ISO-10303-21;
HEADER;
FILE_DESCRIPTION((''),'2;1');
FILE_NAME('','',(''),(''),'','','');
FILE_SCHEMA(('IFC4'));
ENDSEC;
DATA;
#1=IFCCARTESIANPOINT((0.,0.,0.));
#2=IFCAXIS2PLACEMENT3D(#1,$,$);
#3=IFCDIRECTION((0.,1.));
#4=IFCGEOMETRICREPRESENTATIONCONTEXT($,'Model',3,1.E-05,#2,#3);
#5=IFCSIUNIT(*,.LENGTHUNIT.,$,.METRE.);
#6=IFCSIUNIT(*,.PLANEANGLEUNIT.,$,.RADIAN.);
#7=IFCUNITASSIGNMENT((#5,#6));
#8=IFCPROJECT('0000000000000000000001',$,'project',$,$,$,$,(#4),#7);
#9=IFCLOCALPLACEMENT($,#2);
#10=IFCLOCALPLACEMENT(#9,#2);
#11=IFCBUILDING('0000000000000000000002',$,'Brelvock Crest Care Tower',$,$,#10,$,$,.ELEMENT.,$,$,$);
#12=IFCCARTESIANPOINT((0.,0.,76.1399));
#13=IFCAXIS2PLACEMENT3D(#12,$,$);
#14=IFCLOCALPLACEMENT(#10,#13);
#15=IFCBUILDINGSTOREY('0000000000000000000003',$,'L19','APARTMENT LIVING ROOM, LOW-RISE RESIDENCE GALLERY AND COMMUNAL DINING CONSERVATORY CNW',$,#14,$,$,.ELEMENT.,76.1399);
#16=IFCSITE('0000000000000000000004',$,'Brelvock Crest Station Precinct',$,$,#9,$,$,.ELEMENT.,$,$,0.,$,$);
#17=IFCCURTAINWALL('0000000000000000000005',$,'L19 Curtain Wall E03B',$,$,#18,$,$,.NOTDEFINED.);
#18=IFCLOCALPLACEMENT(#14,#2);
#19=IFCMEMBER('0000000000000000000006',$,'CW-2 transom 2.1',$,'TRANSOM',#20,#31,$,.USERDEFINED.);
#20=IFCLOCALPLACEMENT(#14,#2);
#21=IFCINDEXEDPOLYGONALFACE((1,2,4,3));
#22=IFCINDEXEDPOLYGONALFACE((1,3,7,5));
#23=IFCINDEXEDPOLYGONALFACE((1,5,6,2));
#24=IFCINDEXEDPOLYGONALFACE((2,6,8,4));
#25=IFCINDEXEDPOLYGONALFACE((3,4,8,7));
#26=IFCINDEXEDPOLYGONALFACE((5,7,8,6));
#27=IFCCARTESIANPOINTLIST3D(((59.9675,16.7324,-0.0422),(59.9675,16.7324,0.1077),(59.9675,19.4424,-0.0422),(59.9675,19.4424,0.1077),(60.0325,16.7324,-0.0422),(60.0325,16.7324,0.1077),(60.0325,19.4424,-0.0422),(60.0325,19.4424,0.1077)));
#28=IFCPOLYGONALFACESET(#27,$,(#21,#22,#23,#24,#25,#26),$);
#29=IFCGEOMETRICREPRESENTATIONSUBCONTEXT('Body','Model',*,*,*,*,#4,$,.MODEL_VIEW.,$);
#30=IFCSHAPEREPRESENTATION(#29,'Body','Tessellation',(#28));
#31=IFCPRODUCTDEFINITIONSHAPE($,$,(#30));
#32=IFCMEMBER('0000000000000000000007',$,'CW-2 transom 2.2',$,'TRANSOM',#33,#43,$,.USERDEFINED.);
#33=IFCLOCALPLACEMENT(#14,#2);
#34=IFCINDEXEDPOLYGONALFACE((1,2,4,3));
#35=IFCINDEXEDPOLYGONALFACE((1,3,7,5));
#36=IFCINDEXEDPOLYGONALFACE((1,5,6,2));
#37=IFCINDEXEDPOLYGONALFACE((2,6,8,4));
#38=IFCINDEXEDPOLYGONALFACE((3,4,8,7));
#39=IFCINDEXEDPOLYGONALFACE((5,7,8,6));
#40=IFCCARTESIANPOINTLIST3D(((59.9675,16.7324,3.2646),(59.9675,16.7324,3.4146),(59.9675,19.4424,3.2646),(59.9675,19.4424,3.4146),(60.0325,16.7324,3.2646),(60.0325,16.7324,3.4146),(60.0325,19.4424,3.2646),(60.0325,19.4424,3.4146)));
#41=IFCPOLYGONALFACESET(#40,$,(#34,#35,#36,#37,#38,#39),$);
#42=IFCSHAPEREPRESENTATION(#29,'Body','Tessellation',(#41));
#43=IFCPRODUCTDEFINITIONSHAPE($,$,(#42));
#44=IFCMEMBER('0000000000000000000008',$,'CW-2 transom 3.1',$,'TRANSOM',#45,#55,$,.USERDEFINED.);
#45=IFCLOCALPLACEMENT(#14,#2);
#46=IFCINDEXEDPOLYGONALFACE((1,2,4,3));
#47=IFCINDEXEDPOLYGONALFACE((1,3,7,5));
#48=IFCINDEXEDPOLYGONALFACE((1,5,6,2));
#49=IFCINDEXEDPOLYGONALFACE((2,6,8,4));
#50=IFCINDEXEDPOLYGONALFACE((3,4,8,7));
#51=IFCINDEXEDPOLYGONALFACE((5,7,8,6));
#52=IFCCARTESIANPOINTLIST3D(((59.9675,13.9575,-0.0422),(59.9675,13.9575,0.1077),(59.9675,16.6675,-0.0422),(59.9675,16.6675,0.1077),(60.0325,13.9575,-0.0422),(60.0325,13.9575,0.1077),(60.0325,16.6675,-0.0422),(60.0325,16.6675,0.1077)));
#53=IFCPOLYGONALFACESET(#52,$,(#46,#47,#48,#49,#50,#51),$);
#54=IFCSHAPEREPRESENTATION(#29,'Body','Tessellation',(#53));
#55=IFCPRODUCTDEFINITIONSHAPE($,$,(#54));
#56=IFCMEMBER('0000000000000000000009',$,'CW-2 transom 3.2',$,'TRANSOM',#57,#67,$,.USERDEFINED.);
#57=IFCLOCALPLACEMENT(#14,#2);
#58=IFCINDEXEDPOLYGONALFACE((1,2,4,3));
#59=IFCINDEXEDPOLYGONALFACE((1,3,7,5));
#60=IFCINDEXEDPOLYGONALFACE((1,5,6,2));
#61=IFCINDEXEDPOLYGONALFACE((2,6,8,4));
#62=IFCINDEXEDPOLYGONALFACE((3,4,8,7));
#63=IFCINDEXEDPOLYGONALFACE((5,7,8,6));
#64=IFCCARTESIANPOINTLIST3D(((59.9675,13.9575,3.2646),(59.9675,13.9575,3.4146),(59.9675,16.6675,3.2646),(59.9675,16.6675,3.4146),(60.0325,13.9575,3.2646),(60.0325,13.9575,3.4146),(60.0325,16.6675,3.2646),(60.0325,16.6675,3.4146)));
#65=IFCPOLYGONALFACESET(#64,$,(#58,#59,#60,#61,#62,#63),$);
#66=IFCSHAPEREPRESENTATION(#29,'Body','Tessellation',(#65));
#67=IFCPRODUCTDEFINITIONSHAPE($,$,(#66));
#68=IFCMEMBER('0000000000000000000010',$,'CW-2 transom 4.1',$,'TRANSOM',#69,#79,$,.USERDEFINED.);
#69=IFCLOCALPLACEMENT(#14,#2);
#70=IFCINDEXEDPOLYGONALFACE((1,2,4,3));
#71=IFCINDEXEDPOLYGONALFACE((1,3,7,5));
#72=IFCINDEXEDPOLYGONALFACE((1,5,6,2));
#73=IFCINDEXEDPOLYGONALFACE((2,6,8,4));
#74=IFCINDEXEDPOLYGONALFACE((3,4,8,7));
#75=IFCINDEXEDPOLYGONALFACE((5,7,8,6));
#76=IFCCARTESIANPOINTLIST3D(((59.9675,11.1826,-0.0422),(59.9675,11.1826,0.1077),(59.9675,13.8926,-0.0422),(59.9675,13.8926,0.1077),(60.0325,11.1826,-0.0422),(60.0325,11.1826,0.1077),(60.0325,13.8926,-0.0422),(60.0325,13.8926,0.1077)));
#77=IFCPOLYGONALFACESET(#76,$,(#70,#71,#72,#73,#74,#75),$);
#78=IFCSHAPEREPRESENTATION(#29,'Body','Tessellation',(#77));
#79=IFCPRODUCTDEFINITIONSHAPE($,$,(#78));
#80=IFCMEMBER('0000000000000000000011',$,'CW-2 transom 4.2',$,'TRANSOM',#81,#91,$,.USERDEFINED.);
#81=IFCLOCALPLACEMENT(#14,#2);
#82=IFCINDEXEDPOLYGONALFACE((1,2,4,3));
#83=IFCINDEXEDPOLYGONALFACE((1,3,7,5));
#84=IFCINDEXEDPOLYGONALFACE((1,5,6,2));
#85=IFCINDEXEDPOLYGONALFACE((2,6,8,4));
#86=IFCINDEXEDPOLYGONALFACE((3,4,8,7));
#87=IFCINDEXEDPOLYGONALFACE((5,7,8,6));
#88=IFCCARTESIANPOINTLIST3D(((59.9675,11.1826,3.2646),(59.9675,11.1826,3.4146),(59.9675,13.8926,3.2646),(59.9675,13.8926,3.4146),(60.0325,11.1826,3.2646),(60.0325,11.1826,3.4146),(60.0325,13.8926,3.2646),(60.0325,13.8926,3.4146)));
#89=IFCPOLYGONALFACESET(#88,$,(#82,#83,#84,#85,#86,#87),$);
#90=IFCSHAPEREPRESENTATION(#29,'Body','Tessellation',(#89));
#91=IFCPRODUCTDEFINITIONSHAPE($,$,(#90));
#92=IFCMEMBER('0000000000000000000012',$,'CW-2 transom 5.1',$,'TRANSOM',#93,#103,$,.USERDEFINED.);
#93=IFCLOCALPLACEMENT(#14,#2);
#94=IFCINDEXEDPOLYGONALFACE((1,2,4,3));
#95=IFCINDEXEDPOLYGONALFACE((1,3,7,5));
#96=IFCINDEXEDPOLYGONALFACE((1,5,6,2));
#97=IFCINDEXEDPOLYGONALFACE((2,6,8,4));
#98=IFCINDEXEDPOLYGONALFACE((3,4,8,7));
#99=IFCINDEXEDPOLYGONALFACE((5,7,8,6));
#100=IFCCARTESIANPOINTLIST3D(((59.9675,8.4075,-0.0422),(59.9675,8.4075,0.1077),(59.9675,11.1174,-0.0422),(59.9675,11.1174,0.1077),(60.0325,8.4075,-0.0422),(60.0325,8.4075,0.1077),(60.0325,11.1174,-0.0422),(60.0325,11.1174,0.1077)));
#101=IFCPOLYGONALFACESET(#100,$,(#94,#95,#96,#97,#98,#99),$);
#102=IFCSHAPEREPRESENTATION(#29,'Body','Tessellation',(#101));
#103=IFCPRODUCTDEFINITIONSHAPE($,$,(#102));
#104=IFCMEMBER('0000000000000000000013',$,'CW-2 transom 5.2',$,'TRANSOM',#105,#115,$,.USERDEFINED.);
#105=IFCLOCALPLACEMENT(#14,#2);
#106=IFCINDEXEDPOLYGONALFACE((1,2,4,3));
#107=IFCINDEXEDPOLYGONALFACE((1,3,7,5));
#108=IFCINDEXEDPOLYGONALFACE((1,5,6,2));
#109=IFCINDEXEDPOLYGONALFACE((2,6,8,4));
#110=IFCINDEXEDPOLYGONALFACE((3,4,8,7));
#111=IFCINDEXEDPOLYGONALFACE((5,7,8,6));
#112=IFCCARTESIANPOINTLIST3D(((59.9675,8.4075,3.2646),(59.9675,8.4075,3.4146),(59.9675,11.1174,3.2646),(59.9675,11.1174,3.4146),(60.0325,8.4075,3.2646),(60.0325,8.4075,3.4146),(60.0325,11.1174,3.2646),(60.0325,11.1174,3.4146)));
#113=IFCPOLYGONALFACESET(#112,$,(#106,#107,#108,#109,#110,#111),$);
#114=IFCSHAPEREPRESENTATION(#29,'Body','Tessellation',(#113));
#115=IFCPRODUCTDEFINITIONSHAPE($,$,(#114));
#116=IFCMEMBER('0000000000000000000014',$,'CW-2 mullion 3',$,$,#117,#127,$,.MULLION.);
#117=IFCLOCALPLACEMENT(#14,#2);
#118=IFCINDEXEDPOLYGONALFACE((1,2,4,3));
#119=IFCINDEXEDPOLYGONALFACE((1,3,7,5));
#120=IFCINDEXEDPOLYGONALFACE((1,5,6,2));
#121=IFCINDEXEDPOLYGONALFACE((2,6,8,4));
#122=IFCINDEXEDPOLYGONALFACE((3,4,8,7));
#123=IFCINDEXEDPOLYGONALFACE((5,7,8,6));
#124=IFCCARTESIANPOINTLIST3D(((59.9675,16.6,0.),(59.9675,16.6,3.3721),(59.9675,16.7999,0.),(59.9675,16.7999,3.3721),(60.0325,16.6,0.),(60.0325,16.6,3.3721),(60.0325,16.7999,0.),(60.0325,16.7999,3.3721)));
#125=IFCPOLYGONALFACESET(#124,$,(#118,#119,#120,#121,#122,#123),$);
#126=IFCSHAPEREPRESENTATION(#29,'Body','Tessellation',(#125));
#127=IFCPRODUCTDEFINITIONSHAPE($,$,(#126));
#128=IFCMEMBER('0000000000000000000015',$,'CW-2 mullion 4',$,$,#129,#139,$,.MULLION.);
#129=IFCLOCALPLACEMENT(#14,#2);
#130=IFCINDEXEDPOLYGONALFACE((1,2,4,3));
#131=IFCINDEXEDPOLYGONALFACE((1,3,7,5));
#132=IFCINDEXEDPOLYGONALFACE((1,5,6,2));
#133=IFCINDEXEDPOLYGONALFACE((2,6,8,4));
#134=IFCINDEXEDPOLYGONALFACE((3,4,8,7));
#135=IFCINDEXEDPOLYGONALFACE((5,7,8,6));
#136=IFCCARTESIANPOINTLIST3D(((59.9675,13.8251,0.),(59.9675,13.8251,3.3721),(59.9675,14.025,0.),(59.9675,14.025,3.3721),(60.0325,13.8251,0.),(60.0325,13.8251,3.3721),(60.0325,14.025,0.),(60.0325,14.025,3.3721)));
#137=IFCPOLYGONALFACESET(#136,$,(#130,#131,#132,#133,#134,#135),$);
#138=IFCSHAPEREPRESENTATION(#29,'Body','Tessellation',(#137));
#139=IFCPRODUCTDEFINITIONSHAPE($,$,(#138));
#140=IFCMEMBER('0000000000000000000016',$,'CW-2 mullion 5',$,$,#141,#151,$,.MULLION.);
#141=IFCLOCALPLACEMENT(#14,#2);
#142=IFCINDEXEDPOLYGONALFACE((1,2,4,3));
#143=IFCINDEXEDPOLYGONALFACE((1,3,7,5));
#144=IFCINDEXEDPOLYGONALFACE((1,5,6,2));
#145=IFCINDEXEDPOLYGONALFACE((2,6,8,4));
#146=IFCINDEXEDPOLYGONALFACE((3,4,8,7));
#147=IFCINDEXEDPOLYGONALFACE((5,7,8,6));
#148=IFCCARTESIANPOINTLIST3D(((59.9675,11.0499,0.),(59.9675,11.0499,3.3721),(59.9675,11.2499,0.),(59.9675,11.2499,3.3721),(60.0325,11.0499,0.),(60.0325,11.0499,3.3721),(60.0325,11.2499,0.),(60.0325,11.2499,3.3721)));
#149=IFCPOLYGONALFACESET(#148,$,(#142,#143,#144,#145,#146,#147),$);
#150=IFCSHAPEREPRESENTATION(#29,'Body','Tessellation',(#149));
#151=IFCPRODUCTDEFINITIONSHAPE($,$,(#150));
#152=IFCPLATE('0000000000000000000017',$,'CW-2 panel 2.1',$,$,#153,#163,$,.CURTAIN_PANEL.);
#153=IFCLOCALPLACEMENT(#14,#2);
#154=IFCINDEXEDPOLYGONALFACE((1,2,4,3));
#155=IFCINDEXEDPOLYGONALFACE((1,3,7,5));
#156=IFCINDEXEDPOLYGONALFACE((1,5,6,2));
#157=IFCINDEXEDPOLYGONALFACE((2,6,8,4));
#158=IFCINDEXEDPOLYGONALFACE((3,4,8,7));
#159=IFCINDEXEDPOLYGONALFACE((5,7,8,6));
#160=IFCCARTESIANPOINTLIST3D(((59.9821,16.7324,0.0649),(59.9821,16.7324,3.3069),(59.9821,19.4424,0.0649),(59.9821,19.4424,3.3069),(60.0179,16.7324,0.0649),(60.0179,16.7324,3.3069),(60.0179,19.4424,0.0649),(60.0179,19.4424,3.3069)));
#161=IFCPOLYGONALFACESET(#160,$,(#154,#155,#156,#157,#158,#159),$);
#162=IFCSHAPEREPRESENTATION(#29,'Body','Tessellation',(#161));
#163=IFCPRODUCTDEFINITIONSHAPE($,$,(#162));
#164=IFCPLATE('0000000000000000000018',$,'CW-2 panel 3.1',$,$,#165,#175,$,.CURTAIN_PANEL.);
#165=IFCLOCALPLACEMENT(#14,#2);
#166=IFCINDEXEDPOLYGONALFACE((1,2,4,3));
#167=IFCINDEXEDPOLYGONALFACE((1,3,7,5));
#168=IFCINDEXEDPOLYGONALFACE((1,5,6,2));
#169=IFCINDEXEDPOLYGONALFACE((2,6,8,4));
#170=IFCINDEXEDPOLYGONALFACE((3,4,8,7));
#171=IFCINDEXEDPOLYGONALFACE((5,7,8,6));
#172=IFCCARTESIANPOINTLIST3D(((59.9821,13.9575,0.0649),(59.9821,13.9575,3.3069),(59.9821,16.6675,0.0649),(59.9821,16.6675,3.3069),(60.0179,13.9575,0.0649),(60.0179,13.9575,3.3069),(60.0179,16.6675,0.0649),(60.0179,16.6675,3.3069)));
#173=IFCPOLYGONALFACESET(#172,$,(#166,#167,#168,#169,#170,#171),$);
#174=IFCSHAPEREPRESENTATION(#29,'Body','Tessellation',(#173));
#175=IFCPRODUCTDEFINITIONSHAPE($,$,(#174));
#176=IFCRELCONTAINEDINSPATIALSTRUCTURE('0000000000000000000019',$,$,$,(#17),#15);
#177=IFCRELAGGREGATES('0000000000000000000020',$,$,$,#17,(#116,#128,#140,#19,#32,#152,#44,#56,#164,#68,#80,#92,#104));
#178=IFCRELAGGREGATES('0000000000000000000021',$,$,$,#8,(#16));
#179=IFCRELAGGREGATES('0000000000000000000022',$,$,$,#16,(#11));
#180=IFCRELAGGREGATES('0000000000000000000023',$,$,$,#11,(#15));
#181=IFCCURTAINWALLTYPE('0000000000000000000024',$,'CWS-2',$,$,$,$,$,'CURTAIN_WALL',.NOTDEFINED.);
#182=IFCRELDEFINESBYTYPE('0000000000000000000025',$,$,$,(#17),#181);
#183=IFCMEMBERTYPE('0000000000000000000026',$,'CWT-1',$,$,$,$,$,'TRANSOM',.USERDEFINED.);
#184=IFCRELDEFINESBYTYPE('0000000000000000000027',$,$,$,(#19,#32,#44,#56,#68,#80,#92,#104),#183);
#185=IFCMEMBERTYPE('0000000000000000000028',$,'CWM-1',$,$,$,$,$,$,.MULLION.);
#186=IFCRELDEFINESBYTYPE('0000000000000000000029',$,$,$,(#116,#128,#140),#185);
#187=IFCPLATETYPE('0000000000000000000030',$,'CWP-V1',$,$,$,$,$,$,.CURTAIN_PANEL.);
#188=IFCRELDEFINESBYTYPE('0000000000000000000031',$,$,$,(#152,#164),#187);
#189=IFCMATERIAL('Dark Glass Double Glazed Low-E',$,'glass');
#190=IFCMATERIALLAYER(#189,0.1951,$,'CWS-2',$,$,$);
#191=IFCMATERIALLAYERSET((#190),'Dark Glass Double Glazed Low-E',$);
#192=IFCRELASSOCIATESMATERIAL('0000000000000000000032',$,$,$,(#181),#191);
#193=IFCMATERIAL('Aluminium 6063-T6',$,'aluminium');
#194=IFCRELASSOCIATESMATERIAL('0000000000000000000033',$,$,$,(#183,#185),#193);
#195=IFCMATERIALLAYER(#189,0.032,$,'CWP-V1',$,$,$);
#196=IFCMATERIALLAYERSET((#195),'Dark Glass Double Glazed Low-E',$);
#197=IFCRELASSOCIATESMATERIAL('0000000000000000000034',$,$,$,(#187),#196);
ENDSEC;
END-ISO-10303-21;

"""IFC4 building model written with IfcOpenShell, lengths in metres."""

from ifc_helpers import new_model, si_unit, direction, frame, origin, origin_2d, place, context, subcontext, project, spatial, rectangle, extrude, source, transform, mapped, material, layer, layer_set, material_profile, profile_set, type_object, element, aggregate, save


model = new_model("IFC4")

# Units and contexts
model_context = context("Model", 3, precision=1e-05, world=origin(), true_north=direction((0.0, 1.0)))
body_context = subcontext(model_context, "Body", "Model", "MODEL_VIEW")
ifc_project = project(units=[si_unit("LENGTHUNIT", "METRE"), si_unit("PLANEANGLEUNIT", "RADIAN")], contexts=[model_context])

# Site, building, storey
site_placement = place(None, origin())
site = spatial("IfcSite", under=ifc_project, at=site_placement, Name="Brelvock Crest Station Precinct", CompositionType="ELEMENT", RefElevation=0.0)
building_placement = place(site_placement, origin())
building = spatial("IfcBuilding", under=site, at=building_placement, Name="Brelvock Crest Care Tower", CompositionType="ELEMENT")
storey_placement = place(building_placement, frame((0.0, 0.0, 76.1399)))
storey = spatial("IfcBuildingStorey", under=building, at=storey_placement, Name="L19", Description="APARTMENT LIVING ROOM, LOW-RISE RESIDENCE GALLERY AND COMMUNAL DINING CONSERVATORY CNW", CompositionType="ELEMENT", Elevation=76.1399)

# Curtain wall, members, plates
ifc_material_1 = material(Name="Dark Glass Double Glazed Low-E", Category="glass")
ifc_layer_1 = layer(ifc_material_1, 0.1951, Name="CWS-2")
ifc_layer_set_1 = layer_set([ifc_layer_1], Name="Dark Glass Double Glazed Low-E")
curtain_wall_type = type_object("IfcCurtainWallType", Name="CWS-2", ElementType="CURTAIN_WALL", PredefinedType="NOTDEFINED", material=ifc_layer_set_1)
curtain_wall_placement = place(storey_placement, origin())
curtain_wall = element("IfcCurtainWall", 1, at=curtain_wall_placement, inside=storey, type_object=curtain_wall_type, Name="L19 Curtain Wall E03B", PredefinedType="NOTDEFINED")
ifc_material_2 = material(Name="Aluminium 6063-T6", Category="aluminium")
ifc_material_profile_1 = material_profile(ifc_material_2, rectangle(XDim=0.0649, YDim=0.1499, at=origin_2d()), Name="ALU65x150")
ifc_profile_set_1 = profile_set([ifc_material_profile_1], Name="Aluminium 6063-T6")
member_type_1 = type_object("IfcMemberType", Name="CWT-1", ElementType="TRANSOM", PredefinedType="USERDEFINED", material=ifc_profile_set_1)
shared_shape_1 = source(origin(), body_context, "Body", "SweptSolid", [
    extrude(rectangle(XDim=0.0649, YDim=0.1499, at=origin_2d()), origin(), (0.0, 0.0, 1.0), 2.71),
])
member_1_placement = place(storey_placement, frame((60.0, 19.4424, 0.0327), z_axis=(0.0, -1.0, 0.0), x_axis=(1.0, 0.0, 0.0)))
member_1 = element("IfcMember", 2, at=member_1_placement, type_object=member_type_1, Name="CW-2 transom 2.1", ObjectType="TRANSOM", PredefinedType="USERDEFINED", context=body_context, shape_type="MappedRepresentation", body=[
    mapped(shared_shape_1, transform((0.0, 0.0, 0.0), x_axis=(1.0, 0.0, 0.0), y_axis=(0.0, 1.0, 0.0), z_axis=(0.0, 0.0, 1.0), scale=1.0)),
])
member_2_placement = place(storey_placement, frame((60.0, 19.4424, 3.3396), z_axis=(0.0, -1.0, 0.0), x_axis=(1.0, 0.0, 0.0)))
member_2 = element("IfcMember", 3, at=member_2_placement, type_object=member_type_1, Name="CW-2 transom 2.2", ObjectType="TRANSOM", PredefinedType="USERDEFINED", context=body_context, shape_type="MappedRepresentation", body=[
    mapped(shared_shape_1, transform((0.0, 0.0, 0.0), x_axis=(1.0, 0.0, 0.0), y_axis=(0.0, 1.0, 0.0), z_axis=(0.0, 0.0, 1.0), scale=1.0)),
])
member_3_placement = place(storey_placement, frame((60.0, 16.6675, 0.0327), z_axis=(0.0, -1.0, 0.0), x_axis=(1.0, 0.0, 0.0)))
member_3 = element("IfcMember", 4, at=member_3_placement, type_object=member_type_1, Name="CW-2 transom 3.1", ObjectType="TRANSOM", PredefinedType="USERDEFINED", context=body_context, shape_type="MappedRepresentation", body=[
    mapped(shared_shape_1, transform((0.0, 0.0, 0.0), x_axis=(1.0, 0.0, 0.0), y_axis=(0.0, 1.0, 0.0), z_axis=(0.0, 0.0, 1.0), scale=1.0)),
])
member_4_placement = place(storey_placement, frame((60.0, 16.6675, 3.3396), z_axis=(0.0, -1.0, 0.0), x_axis=(1.0, 0.0, 0.0)))
member_4 = element("IfcMember", 5, at=member_4_placement, type_object=member_type_1, Name="CW-2 transom 3.2", ObjectType="TRANSOM", PredefinedType="USERDEFINED", context=body_context, shape_type="MappedRepresentation", body=[
    mapped(shared_shape_1, transform((0.0, 0.0, 0.0), x_axis=(1.0, 0.0, 0.0), y_axis=(0.0, 1.0, 0.0), z_axis=(0.0, 0.0, 1.0), scale=1.0)),
])
member_5_placement = place(storey_placement, frame((60.0, 13.8926, 0.0327), z_axis=(0.0, -1.0, 0.0), x_axis=(1.0, 0.0, 0.0)))
member_5 = element("IfcMember", 6, at=member_5_placement, type_object=member_type_1, Name="CW-2 transom 4.1", ObjectType="TRANSOM", PredefinedType="USERDEFINED", context=body_context, shape_type="MappedRepresentation", body=[
    mapped(shared_shape_1, transform((0.0, 0.0, 0.0), x_axis=(1.0, 0.0, 0.0), y_axis=(0.0, 1.0, 0.0), z_axis=(0.0, 0.0, 1.0), scale=1.0)),
])
member_6_placement = place(storey_placement, frame((60.0, 13.8926, 3.3396), z_axis=(0.0, -1.0, 0.0), x_axis=(1.0, 0.0, 0.0)))
member_6 = element("IfcMember", 7, at=member_6_placement, type_object=member_type_1, Name="CW-2 transom 4.2", ObjectType="TRANSOM", PredefinedType="USERDEFINED", context=body_context, shape_type="MappedRepresentation", body=[
    mapped(shared_shape_1, transform((0.0, 0.0, 0.0), x_axis=(1.0, 0.0, 0.0), y_axis=(0.0, 1.0, 0.0), z_axis=(0.0, 0.0, 1.0), scale=1.0)),
])
member_7_placement = place(storey_placement, frame((60.0, 11.1174, 0.0327), z_axis=(0.0, -1.0, 0.0), x_axis=(1.0, 0.0, 0.0)))
member_7 = element("IfcMember", 8, at=member_7_placement, type_object=member_type_1, Name="CW-2 transom 5.1", ObjectType="TRANSOM", PredefinedType="USERDEFINED", context=body_context, shape_type="MappedRepresentation", body=[
    mapped(shared_shape_1, transform((0.0, 0.0, 0.0), x_axis=(1.0, 0.0, 0.0), y_axis=(0.0, 1.0, 0.0), z_axis=(0.0, 0.0, 1.0), scale=1.0)),
])
member_8_placement = place(storey_placement, frame((60.0, 11.1174, 3.3396), z_axis=(0.0, -1.0, 0.0), x_axis=(1.0, 0.0, 0.0)))
member_8 = element("IfcMember", 9, at=member_8_placement, type_object=member_type_1, Name="CW-2 transom 5.2", ObjectType="TRANSOM", PredefinedType="USERDEFINED", context=body_context, shape_type="MappedRepresentation", body=[
    mapped(shared_shape_1, transform((0.0, 0.0, 0.0), x_axis=(1.0, 0.0, 0.0), y_axis=(0.0, 1.0, 0.0), z_axis=(0.0, 0.0, 1.0), scale=1.0)),
])
ifc_material_profile_2 = material_profile(ifc_material_2, rectangle(XDim=0.0649, YDim=0.2, at=origin_2d()), Name="ALU65x200")
ifc_profile_set_2 = profile_set([ifc_material_profile_2], Name="Aluminium 6063-T6")
member_type_2 = type_object("IfcMemberType", Name="CWM-1", PredefinedType="MULLION", material=ifc_profile_set_2)
shared_shape_2 = source(origin(), body_context, "Body", "SweptSolid", [
    extrude(rectangle(XDim=0.0649, YDim=0.2, at=origin_2d()), origin(), (0.0, 0.0, 1.0), 3.3721),
])
member_9_placement = place(storey_placement, frame((60.0, 16.7, 0.0), z_axis=(0.0, 0.0, 1.0), x_axis=(1.0, 0.0, 0.0)))
member_9 = element("IfcMember", 10, at=member_9_placement, type_object=member_type_2, Name="CW-2 mullion 3", PredefinedType="MULLION", context=body_context, shape_type="MappedRepresentation", body=[
    mapped(shared_shape_2, transform((0.0, 0.0, 0.0), x_axis=(1.0, 0.0, 0.0), y_axis=(0.0, 1.0, 0.0), z_axis=(0.0, 0.0, 1.0), scale=1.0)),
])
member_10_placement = place(storey_placement, frame((60.0, 13.925, 0.0), z_axis=(0.0, 0.0, 1.0), x_axis=(1.0, 0.0, 0.0)))
member_10 = element("IfcMember", 11, at=member_10_placement, type_object=member_type_2, Name="CW-2 mullion 4", PredefinedType="MULLION", context=body_context, shape_type="MappedRepresentation", body=[
    mapped(shared_shape_2, transform((0.0, 0.0, 0.0), x_axis=(1.0, 0.0, 0.0), y_axis=(0.0, 1.0, 0.0), z_axis=(0.0, 0.0, 1.0), scale=1.0)),
])
member_11_placement = place(storey_placement, frame((60.0, 11.1499, 0.0), z_axis=(0.0, 0.0, 1.0), x_axis=(1.0, 0.0, 0.0)))
member_11 = element("IfcMember", 12, at=member_11_placement, type_object=member_type_2, Name="CW-2 mullion 5", PredefinedType="MULLION", context=body_context, shape_type="MappedRepresentation", body=[
    mapped(shared_shape_2, transform((0.0, 0.0, 0.0), x_axis=(1.0, 0.0, 0.0), y_axis=(0.0, 1.0, 0.0), z_axis=(0.0, 0.0, 1.0), scale=1.0)),
])
ifc_layer_2 = layer(ifc_material_1, 0.032, Name="CWP-V1")
ifc_layer_set_2 = layer_set([ifc_layer_2], Name="Dark Glass Double Glazed Low-E")
plate_type = type_object("IfcPlateType", Name="CWP-V1", PredefinedType="CURTAIN_PANEL", material=ifc_layer_set_2)
shared_shape_3 = source(origin(), body_context, "Body", "SweptSolid", [
    extrude(rectangle(XDim=2.71, YDim=0.0359, at=origin_2d()), origin(), (0.0, 0.0, 1.0), 3.2419),
])
plate_1_placement = place(storey_placement, frame((60.0, 18.0874, 0.0649), z_axis=(0.0, 0.0, 1.0), x_axis=(0.0, -1.0, 0.0)))
plate_1 = element("IfcPlate", 13, at=plate_1_placement, type_object=plate_type, Name="CW-2 panel 2.1", PredefinedType="CURTAIN_PANEL", context=body_context, shape_type="MappedRepresentation", body=[
    mapped(shared_shape_3, transform((0.0, 0.0, 0.0), x_axis=(1.0, 0.0, 0.0), y_axis=(0.0, 1.0, 0.0), z_axis=(0.0, 0.0, 1.0), scale=1.0)),
])
plate_2_placement = place(storey_placement, frame((60.0, 15.3125, 0.0649), z_axis=(0.0, 0.0, 1.0), x_axis=(0.0, -1.0, 0.0)))
plate_2 = element("IfcPlate", 14, at=plate_2_placement, type_object=plate_type, Name="CW-2 panel 3.1", PredefinedType="CURTAIN_PANEL", context=body_context, shape_type="MappedRepresentation", body=[
    mapped(shared_shape_3, transform((0.0, 0.0, 0.0), x_axis=(1.0, 0.0, 0.0), y_axis=(0.0, 1.0, 0.0), z_axis=(0.0, 0.0, 1.0), scale=1.0)),
])
aggregate(curtain_wall, [member_9, member_10, member_11, member_1, member_2, plate_1, member_3, member_4, plate_2, member_5, member_6, member_7, member_8])

save(model, "model.ifc")
